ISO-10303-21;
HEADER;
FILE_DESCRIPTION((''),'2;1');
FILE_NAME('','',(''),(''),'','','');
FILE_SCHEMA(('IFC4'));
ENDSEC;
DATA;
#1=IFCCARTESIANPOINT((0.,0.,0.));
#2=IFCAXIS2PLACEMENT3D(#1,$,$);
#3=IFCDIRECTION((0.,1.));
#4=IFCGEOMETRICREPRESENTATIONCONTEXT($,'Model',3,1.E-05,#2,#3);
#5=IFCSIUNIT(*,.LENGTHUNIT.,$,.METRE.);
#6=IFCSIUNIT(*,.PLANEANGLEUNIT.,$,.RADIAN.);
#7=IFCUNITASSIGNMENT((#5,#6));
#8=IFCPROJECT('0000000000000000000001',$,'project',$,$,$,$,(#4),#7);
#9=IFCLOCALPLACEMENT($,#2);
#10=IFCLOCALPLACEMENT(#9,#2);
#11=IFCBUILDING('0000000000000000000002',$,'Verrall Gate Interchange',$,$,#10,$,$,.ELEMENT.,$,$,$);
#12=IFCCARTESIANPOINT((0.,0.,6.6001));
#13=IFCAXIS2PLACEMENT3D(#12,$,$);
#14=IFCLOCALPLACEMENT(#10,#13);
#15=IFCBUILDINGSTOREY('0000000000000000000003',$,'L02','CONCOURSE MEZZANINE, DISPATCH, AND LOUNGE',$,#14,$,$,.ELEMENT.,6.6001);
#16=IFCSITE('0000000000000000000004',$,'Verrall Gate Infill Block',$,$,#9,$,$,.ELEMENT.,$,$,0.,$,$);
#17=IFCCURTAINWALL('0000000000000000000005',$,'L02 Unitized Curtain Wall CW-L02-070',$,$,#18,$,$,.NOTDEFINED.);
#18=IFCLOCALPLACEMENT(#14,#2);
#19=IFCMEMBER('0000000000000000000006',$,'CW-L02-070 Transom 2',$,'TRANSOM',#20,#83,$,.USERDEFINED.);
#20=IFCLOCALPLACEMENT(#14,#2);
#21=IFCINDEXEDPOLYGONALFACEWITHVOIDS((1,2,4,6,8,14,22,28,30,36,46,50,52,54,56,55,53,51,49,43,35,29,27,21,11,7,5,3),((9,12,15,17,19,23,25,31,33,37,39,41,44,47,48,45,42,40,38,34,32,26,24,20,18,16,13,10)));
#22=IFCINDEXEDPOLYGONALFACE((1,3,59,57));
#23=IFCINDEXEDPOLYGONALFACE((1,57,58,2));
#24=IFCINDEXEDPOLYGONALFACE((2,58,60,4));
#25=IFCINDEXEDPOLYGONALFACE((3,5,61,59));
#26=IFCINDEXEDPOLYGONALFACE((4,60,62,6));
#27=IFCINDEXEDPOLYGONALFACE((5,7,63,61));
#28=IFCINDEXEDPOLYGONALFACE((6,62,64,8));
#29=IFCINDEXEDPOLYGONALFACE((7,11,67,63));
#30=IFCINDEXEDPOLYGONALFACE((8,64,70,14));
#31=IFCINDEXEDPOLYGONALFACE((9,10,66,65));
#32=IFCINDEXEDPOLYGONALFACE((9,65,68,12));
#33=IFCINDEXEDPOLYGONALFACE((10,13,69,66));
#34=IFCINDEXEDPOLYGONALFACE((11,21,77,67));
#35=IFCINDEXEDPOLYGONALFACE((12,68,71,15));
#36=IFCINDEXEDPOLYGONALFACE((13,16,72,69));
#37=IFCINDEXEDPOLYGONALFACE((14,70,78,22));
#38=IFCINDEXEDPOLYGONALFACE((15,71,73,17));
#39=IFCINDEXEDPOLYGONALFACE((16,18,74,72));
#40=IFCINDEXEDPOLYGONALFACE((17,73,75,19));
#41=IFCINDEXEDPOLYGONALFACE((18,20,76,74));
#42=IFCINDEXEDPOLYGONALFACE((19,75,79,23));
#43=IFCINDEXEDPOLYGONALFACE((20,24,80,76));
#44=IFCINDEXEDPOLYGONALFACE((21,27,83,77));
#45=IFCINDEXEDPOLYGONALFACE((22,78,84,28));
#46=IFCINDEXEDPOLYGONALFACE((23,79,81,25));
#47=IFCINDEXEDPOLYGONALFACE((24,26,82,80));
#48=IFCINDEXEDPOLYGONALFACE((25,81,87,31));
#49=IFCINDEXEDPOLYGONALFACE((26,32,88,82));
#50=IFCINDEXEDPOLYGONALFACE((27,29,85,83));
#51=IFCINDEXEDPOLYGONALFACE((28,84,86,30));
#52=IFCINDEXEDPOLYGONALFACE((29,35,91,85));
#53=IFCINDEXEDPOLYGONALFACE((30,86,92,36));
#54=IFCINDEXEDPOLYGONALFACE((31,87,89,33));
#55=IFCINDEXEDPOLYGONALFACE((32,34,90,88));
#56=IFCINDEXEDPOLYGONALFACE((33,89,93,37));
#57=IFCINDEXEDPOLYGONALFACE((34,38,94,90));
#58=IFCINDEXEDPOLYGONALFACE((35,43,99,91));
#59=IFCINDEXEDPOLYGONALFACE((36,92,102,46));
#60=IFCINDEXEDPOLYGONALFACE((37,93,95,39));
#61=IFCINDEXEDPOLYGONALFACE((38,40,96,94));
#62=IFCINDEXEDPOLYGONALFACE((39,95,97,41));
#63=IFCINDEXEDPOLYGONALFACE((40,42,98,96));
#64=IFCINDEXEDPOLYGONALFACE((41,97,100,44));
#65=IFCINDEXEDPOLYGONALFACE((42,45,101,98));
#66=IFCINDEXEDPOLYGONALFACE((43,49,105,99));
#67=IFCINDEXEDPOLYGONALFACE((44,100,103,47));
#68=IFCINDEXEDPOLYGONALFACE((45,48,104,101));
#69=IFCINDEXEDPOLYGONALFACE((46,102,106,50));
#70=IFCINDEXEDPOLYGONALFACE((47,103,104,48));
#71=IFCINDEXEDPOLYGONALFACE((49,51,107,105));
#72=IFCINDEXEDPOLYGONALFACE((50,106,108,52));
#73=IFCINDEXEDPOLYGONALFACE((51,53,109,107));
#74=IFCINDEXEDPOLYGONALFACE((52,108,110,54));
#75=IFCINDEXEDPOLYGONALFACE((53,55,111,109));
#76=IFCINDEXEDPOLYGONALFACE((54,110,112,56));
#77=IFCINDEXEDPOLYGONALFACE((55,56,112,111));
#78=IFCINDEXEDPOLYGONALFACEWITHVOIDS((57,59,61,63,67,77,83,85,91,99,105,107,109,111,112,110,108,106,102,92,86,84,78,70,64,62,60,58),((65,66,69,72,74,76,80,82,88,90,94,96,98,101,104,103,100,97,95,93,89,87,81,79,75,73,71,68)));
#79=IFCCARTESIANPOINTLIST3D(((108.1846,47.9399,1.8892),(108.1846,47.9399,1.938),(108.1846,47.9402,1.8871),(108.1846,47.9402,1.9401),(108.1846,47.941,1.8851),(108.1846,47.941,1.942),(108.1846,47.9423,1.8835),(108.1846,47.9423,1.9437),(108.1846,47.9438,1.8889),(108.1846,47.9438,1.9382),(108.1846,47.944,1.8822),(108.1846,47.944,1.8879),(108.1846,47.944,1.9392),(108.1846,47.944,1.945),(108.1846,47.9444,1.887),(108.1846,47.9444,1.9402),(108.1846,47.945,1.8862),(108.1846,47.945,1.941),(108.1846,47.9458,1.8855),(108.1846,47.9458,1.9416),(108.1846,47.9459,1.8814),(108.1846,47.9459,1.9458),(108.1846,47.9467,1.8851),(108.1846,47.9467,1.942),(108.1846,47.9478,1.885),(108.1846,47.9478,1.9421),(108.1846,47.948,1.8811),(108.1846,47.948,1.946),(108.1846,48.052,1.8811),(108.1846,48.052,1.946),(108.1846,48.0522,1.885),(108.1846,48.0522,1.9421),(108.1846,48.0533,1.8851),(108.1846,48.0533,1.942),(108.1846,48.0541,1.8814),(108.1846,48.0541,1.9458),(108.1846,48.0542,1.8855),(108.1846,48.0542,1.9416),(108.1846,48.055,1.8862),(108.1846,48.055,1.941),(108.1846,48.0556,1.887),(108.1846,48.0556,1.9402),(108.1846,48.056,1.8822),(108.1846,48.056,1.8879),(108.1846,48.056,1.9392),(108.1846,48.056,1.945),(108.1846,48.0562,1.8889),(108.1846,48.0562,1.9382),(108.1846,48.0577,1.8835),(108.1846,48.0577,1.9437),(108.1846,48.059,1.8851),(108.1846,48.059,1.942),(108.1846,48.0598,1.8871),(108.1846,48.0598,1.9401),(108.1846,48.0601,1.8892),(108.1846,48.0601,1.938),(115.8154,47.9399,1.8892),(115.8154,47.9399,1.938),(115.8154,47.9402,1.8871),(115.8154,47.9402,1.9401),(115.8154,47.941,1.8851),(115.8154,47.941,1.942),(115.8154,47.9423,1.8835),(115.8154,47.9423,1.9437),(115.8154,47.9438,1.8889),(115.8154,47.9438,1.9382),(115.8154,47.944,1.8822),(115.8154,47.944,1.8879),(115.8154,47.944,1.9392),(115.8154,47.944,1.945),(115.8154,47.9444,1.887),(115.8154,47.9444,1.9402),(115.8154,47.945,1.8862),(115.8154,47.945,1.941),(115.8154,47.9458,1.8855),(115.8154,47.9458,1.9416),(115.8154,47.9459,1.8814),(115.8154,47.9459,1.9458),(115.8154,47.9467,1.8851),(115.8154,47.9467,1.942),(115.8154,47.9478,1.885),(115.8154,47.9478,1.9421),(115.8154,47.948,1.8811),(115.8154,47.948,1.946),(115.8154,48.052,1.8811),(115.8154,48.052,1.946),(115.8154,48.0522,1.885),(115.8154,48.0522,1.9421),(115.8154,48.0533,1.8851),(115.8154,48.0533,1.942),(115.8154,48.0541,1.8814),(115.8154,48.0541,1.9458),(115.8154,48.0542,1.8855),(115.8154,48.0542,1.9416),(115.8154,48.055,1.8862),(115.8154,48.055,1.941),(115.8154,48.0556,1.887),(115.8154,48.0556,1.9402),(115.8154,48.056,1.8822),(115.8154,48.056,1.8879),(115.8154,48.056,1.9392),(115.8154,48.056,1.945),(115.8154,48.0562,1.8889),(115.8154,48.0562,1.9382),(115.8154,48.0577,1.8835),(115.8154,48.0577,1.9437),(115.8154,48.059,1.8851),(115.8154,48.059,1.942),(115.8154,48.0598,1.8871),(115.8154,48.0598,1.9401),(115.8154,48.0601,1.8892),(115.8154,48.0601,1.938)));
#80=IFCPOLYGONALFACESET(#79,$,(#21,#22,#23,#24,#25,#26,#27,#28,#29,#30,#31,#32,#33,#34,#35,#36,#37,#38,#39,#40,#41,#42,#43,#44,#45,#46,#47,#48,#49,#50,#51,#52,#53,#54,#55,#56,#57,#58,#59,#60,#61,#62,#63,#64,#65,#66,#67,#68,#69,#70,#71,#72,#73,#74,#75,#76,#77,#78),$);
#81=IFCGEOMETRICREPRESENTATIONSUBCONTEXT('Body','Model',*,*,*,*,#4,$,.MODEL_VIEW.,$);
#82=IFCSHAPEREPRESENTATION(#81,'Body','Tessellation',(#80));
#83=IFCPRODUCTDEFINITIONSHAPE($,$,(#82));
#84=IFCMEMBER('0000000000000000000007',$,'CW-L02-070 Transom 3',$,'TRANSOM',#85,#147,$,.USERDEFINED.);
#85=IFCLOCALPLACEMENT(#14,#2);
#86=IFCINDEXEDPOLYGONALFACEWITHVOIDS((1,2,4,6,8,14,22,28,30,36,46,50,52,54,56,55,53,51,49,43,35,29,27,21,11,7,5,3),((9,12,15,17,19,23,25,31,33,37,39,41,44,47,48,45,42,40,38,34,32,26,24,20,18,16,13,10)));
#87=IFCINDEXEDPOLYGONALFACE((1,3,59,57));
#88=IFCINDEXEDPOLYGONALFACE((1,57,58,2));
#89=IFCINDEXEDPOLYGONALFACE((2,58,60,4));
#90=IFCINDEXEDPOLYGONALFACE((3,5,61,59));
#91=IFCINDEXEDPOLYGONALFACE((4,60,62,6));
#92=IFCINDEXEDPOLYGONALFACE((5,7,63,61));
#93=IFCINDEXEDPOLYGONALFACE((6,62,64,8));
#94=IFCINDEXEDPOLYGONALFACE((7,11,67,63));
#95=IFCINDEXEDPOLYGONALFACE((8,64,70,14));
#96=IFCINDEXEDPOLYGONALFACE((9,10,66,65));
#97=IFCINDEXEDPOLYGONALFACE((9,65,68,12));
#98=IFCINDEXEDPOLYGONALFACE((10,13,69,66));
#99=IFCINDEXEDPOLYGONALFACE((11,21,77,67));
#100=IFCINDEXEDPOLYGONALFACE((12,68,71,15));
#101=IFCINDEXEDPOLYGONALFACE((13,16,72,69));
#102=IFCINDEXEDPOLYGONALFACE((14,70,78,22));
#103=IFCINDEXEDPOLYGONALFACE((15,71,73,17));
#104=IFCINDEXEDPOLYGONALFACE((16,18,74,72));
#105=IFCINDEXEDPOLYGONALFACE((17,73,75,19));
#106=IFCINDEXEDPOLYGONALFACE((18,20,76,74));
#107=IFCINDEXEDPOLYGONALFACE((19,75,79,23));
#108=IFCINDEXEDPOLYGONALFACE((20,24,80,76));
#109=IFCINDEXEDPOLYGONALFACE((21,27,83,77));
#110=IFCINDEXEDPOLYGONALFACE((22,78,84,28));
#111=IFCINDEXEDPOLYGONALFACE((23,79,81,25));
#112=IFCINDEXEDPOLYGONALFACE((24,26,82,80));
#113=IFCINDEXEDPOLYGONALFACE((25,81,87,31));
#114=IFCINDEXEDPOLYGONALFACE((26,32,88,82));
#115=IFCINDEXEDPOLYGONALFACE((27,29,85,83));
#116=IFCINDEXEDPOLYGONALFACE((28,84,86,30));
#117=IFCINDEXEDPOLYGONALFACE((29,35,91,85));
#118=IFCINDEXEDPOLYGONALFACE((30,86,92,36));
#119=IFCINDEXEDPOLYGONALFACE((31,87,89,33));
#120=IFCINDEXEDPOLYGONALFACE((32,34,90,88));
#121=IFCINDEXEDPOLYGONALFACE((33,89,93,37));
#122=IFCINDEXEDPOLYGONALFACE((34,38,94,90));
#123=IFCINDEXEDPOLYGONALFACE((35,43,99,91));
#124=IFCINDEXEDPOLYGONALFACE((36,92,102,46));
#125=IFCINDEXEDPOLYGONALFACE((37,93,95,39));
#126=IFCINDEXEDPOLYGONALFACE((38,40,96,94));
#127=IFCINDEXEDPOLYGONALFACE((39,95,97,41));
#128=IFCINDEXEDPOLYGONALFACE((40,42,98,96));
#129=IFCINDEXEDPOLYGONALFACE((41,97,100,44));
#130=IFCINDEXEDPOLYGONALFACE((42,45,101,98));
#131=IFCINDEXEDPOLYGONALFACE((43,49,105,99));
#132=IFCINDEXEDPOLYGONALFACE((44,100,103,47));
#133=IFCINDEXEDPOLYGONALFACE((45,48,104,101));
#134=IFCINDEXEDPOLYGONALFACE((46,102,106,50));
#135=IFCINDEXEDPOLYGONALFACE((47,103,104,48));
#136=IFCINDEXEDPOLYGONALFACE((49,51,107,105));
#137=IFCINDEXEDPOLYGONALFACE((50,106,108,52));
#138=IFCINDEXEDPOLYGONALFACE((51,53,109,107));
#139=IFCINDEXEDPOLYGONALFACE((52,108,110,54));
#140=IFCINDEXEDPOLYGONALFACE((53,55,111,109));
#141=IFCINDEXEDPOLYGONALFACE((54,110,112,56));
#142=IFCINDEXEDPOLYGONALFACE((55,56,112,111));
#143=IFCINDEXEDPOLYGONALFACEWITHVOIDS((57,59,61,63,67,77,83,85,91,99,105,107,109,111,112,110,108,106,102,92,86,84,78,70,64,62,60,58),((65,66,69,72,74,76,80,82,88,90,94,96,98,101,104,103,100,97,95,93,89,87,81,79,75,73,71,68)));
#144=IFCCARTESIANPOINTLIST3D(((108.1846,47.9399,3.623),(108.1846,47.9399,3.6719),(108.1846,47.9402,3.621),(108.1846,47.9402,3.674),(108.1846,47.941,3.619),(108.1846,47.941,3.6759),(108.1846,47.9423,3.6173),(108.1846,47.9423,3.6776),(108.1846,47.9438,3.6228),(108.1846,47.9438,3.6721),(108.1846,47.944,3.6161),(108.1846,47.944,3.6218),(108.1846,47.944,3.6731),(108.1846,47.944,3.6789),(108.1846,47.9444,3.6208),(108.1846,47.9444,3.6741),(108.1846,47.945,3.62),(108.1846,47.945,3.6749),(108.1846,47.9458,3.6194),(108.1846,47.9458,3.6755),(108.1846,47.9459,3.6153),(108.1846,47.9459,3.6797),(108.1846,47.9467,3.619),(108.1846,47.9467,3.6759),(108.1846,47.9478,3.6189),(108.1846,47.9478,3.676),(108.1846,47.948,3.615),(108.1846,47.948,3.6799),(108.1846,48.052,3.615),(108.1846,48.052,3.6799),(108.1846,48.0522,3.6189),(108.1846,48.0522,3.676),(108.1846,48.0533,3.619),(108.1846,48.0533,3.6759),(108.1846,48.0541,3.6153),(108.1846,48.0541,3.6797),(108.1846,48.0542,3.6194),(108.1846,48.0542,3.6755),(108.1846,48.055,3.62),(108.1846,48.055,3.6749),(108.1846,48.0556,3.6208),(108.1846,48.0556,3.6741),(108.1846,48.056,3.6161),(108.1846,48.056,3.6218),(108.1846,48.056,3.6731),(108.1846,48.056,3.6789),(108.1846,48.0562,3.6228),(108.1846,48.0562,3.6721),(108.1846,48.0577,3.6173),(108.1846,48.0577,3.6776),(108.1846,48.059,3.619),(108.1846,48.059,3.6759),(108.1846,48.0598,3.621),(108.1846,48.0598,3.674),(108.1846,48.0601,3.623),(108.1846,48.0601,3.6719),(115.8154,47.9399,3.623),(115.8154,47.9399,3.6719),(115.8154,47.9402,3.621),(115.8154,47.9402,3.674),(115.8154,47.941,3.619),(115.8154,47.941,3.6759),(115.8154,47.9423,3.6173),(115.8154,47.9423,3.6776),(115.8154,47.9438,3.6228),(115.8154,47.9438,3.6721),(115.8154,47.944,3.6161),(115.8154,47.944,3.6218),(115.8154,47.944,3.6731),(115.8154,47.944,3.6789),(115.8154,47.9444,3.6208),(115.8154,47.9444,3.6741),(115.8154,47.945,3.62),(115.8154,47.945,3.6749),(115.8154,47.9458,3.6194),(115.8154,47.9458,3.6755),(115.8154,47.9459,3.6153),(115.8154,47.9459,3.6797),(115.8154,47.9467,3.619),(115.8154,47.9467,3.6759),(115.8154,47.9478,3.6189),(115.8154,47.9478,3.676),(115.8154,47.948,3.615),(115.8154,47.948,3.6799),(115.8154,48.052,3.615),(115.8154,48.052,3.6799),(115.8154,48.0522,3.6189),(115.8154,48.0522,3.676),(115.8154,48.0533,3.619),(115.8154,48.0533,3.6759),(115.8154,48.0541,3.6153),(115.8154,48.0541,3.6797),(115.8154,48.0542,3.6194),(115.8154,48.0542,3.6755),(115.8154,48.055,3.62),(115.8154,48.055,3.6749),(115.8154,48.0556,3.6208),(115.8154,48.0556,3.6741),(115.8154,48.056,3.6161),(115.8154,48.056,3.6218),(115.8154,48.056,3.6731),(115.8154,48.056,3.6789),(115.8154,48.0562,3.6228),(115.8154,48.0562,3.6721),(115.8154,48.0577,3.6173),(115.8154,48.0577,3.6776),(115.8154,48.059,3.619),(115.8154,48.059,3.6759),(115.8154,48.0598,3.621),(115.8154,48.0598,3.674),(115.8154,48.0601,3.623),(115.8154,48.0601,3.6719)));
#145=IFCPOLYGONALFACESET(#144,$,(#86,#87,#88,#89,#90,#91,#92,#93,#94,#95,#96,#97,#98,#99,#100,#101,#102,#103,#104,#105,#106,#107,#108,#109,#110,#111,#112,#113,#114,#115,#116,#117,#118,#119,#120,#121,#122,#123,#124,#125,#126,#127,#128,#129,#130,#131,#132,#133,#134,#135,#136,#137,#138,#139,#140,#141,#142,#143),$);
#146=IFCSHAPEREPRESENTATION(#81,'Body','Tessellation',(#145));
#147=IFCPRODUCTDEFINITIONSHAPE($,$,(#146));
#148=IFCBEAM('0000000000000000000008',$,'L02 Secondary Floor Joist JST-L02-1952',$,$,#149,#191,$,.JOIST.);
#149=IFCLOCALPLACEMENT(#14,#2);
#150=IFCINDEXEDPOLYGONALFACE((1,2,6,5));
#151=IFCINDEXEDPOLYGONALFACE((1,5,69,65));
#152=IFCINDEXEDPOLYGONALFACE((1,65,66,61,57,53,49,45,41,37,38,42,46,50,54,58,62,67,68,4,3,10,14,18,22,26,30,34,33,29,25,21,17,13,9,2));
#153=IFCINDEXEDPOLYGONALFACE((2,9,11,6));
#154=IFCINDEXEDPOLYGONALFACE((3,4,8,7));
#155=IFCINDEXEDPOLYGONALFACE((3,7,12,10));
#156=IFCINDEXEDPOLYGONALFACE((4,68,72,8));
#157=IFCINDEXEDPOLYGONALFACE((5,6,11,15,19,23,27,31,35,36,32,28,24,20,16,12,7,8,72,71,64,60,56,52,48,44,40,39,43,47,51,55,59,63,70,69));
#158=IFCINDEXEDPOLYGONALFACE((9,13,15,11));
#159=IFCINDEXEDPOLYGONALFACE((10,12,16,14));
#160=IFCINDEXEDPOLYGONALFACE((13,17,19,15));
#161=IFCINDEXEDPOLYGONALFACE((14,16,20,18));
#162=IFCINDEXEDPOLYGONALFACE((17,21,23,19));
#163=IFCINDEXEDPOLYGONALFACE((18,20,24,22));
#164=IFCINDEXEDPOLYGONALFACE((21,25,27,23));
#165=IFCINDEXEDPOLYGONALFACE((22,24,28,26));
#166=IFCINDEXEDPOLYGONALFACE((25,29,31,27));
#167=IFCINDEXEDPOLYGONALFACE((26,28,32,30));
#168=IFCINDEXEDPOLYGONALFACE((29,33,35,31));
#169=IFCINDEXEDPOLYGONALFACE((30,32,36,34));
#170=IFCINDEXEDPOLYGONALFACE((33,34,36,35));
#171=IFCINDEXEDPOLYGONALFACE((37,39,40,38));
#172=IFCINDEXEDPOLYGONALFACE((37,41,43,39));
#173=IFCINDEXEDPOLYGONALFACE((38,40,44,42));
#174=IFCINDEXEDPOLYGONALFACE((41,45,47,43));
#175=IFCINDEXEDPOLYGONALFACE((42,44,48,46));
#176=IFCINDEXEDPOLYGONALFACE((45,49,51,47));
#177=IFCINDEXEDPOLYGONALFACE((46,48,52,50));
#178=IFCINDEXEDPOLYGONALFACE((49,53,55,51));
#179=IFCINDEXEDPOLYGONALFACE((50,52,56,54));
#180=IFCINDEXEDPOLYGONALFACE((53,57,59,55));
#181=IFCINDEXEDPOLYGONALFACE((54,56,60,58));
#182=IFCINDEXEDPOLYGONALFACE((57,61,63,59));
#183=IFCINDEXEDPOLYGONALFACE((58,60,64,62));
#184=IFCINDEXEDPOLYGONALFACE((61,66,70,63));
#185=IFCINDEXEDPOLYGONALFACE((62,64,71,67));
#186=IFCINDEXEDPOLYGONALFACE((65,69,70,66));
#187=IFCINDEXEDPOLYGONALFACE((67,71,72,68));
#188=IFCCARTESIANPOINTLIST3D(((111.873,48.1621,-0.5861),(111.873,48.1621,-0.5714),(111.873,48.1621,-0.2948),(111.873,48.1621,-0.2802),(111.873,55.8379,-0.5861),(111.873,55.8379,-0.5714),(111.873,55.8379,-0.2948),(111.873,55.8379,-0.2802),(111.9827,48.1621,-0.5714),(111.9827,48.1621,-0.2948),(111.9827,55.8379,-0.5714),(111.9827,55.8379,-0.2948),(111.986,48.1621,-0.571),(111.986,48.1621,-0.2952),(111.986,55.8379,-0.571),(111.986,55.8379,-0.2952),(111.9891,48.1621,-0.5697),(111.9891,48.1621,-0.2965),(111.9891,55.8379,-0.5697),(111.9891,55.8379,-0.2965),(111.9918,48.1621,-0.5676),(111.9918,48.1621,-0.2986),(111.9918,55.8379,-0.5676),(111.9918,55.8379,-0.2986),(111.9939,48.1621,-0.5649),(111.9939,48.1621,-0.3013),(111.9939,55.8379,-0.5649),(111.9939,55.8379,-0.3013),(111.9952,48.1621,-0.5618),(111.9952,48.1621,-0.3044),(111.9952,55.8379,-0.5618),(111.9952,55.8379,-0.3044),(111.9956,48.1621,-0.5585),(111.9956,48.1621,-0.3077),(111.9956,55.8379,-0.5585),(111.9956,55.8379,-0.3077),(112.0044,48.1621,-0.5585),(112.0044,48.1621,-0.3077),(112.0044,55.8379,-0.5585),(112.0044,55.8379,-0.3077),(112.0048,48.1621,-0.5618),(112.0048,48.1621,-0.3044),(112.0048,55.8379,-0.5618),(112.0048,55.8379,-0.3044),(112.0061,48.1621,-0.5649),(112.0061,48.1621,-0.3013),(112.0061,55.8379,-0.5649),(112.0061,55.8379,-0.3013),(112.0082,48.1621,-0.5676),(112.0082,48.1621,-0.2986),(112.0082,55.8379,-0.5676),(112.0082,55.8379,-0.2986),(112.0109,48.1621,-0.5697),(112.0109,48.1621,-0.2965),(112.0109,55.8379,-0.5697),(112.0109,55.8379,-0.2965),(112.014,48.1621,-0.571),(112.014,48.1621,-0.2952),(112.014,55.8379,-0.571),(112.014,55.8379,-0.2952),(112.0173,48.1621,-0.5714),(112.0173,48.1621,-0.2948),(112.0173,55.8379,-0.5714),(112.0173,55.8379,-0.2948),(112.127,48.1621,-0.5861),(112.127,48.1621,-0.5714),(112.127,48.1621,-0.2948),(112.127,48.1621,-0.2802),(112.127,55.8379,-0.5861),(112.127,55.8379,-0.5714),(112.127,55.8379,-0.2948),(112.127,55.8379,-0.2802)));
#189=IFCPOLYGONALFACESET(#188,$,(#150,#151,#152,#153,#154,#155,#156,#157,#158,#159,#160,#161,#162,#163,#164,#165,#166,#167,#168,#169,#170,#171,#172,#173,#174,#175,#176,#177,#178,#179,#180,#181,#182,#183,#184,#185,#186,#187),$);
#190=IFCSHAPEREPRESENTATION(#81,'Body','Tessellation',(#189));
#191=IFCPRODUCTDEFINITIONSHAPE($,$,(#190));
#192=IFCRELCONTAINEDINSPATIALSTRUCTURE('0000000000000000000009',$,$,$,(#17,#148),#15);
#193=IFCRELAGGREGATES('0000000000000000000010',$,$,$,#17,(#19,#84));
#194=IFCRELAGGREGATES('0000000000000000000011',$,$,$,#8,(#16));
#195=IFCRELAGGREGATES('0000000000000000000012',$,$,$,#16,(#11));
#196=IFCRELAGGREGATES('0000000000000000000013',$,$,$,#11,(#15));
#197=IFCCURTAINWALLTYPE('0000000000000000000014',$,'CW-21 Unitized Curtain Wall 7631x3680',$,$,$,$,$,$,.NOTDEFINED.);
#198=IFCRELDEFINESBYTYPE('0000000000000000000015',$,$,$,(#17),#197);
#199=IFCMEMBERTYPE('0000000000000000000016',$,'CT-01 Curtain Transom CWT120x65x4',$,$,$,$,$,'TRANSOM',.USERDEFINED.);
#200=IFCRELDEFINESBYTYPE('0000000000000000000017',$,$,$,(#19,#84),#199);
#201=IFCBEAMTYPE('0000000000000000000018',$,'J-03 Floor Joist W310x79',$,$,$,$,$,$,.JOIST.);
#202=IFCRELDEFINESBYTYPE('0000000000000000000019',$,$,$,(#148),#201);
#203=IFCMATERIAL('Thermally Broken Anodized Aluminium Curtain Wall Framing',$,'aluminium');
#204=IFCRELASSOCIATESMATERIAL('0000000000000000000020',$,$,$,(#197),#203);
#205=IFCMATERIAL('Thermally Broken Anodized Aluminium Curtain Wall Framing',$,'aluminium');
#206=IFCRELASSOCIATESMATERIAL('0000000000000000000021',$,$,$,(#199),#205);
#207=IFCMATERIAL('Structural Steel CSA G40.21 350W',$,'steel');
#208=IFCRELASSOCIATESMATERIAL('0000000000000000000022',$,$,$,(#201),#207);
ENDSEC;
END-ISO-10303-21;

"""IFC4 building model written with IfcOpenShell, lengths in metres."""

from ifc_helpers import new_model, si_unit, direction, frame, origin, origin_2d, place, context, subcontext, project, spatial, hollow_rectangle, i_section, extrude, material, material_profile, profile_set, type_object, element, aggregate, save


model = new_model("IFC4")

# Units and contexts
model_context = context("Model", 3, precision=1e-05, world=origin(), true_north=direction((0.0, 1.0)))
body_context = subcontext(model_context, "Body", "Model", "MODEL_VIEW")
ifc_project = project(units=[si_unit("LENGTHUNIT", "METRE"), si_unit("PLANEANGLEUNIT", "RADIAN")], contexts=[model_context])

# Site, building, storey
site_placement = place(None, origin())
site = spatial("IfcSite", under=ifc_project, at=site_placement, Name="Verrall Gate Infill Block", CompositionType="ELEMENT", RefElevation=0.0)
building_placement = place(site_placement, origin())
building = spatial("IfcBuilding", under=site, at=building_placement, Name="Verrall Gate Interchange", CompositionType="ELEMENT")
storey_placement = place(building_placement, frame((0.0, 0.0, 6.6001)))
storey = spatial("IfcBuildingStorey", under=building, at=storey_placement, Name="L02", Description="CONCOURSE MEZZANINE, DISPATCH, AND LOUNGE", CompositionType="ELEMENT", Elevation=6.6001)

# Curtain wall
ifc_material_1 = material(Name="Thermally Broken Anodized Aluminium Curtain Wall Framing", Category="aluminium")
curtain_wall_type_1 = type_object("IfcCurtainWallType", Name="CW-21 Unitized Curtain Wall 7631x3680", PredefinedType="NOTDEFINED", material=ifc_material_1)
curtain_wall_1_placement = place(storey_placement, origin())
curtain_wall_1 = element("IfcCurtainWall", 1, at=curtain_wall_1_placement, inside=storey, type_object=curtain_wall_type_1, Name="L02 Unitized Curtain Wall CW-L02-070", PredefinedType="NOTDEFINED")

# Members
ifc_material_2 = material(Name="Thermally Broken Anodized Aluminium Curtain Wall Framing", Category="aluminium")
ifc_material_profile_1 = material_profile(ifc_material_2, hollow_rectangle(XDim=0.1201, YDim=0.0649, WallThickness=0.0039, InnerFilletRadius=0.0039, OuterFilletRadius=0.0081, at=origin_2d()), Name="CWT120x65x4")
ifc_profile_set_1 = profile_set([ifc_material_profile_1], Name="Thermally Broken Anodized Aluminium Curtain Wall Framing")
member_type_1 = type_object("IfcMemberType", Name="CT-01 Curtain Transom CWT120x65x4", ElementType="TRANSOM", PredefinedType="USERDEFINED", material=ifc_profile_set_1)
member_1_placement = place(storey_placement, frame((108.1846, 48.0, 1.9136), z_axis=(1.0, 0.0, 0.0), x_axis=(0.0, 1.0, 0.0)))
member_1 = element("IfcMember", 2, at=member_1_placement, type_object=member_type_1, Name="CW-L02-070 Transom 2", ObjectType="TRANSOM", PredefinedType="USERDEFINED", context=body_context, shape_type="SweptSolid", body=[
    extrude(hollow_rectangle(XDim=0.1201, YDim=0.0649, WallThickness=0.0039, InnerFilletRadius=0.0039, OuterFilletRadius=0.0081, at=origin_2d()), origin(), (0.0, 0.0, 1.0), 7.6309),
])
member_2_placement = place(storey_placement, frame((108.1846, 48.0, 3.6475), z_axis=(1.0, 0.0, 0.0), x_axis=(0.0, 1.0, 0.0)))
member_2 = element("IfcMember", 3, at=member_2_placement, type_object=member_type_1, Name="CW-L02-070 Transom 3", ObjectType="TRANSOM", PredefinedType="USERDEFINED", context=body_context, shape_type="SweptSolid", body=[
    extrude(hollow_rectangle(XDim=0.1201, YDim=0.0649, WallThickness=0.0039, InnerFilletRadius=0.0039, OuterFilletRadius=0.0081, at=origin_2d()), origin(), (0.0, 0.0, 1.0), 7.6309),
])

# Beam
ifc_material_3 = material(Name="Structural Steel CSA G40.21 350W", Category="steel")
ifc_material_profile_2 = material_profile(ifc_material_3, i_section(OverallWidth=0.2539, OverallDepth=0.3059, WebThickness=0.0088, FlangeThickness=0.0146, FilletRadius=0.0129, at=origin_2d()), Name="W310x79")
ifc_profile_set_2 = profile_set([ifc_material_profile_2], Name="Structural Steel CSA G40.21 350W")
beam_type_1 = type_object("IfcBeamType", Name="J-03 Floor Joist W310x79", PredefinedType="JOIST", material=ifc_profile_set_2)
beam_1_placement = place(storey_placement, frame((112.0, 48.1621, -0.4331), z_axis=(0.0, 1.0, 0.0), x_axis=(-1.0, 0.0, 0.0)))
element("IfcBeam", 4, at=beam_1_placement, inside=storey, type_object=beam_type_1, Name="L02 Secondary Floor Joist JST-L02-1952", PredefinedType="JOIST", context=body_context, shape_type="SweptSolid", body=[
    extrude(i_section(OverallWidth=0.2539, OverallDepth=0.3059, WebThickness=0.0088, FlangeThickness=0.0146, FilletRadius=0.0129, at=origin_2d()), origin(), (0.0, 0.0, 1.0), 7.6758),
])

aggregate(curtain_wall_1, [member_1, member_2])

save(model, "model.ifc")
